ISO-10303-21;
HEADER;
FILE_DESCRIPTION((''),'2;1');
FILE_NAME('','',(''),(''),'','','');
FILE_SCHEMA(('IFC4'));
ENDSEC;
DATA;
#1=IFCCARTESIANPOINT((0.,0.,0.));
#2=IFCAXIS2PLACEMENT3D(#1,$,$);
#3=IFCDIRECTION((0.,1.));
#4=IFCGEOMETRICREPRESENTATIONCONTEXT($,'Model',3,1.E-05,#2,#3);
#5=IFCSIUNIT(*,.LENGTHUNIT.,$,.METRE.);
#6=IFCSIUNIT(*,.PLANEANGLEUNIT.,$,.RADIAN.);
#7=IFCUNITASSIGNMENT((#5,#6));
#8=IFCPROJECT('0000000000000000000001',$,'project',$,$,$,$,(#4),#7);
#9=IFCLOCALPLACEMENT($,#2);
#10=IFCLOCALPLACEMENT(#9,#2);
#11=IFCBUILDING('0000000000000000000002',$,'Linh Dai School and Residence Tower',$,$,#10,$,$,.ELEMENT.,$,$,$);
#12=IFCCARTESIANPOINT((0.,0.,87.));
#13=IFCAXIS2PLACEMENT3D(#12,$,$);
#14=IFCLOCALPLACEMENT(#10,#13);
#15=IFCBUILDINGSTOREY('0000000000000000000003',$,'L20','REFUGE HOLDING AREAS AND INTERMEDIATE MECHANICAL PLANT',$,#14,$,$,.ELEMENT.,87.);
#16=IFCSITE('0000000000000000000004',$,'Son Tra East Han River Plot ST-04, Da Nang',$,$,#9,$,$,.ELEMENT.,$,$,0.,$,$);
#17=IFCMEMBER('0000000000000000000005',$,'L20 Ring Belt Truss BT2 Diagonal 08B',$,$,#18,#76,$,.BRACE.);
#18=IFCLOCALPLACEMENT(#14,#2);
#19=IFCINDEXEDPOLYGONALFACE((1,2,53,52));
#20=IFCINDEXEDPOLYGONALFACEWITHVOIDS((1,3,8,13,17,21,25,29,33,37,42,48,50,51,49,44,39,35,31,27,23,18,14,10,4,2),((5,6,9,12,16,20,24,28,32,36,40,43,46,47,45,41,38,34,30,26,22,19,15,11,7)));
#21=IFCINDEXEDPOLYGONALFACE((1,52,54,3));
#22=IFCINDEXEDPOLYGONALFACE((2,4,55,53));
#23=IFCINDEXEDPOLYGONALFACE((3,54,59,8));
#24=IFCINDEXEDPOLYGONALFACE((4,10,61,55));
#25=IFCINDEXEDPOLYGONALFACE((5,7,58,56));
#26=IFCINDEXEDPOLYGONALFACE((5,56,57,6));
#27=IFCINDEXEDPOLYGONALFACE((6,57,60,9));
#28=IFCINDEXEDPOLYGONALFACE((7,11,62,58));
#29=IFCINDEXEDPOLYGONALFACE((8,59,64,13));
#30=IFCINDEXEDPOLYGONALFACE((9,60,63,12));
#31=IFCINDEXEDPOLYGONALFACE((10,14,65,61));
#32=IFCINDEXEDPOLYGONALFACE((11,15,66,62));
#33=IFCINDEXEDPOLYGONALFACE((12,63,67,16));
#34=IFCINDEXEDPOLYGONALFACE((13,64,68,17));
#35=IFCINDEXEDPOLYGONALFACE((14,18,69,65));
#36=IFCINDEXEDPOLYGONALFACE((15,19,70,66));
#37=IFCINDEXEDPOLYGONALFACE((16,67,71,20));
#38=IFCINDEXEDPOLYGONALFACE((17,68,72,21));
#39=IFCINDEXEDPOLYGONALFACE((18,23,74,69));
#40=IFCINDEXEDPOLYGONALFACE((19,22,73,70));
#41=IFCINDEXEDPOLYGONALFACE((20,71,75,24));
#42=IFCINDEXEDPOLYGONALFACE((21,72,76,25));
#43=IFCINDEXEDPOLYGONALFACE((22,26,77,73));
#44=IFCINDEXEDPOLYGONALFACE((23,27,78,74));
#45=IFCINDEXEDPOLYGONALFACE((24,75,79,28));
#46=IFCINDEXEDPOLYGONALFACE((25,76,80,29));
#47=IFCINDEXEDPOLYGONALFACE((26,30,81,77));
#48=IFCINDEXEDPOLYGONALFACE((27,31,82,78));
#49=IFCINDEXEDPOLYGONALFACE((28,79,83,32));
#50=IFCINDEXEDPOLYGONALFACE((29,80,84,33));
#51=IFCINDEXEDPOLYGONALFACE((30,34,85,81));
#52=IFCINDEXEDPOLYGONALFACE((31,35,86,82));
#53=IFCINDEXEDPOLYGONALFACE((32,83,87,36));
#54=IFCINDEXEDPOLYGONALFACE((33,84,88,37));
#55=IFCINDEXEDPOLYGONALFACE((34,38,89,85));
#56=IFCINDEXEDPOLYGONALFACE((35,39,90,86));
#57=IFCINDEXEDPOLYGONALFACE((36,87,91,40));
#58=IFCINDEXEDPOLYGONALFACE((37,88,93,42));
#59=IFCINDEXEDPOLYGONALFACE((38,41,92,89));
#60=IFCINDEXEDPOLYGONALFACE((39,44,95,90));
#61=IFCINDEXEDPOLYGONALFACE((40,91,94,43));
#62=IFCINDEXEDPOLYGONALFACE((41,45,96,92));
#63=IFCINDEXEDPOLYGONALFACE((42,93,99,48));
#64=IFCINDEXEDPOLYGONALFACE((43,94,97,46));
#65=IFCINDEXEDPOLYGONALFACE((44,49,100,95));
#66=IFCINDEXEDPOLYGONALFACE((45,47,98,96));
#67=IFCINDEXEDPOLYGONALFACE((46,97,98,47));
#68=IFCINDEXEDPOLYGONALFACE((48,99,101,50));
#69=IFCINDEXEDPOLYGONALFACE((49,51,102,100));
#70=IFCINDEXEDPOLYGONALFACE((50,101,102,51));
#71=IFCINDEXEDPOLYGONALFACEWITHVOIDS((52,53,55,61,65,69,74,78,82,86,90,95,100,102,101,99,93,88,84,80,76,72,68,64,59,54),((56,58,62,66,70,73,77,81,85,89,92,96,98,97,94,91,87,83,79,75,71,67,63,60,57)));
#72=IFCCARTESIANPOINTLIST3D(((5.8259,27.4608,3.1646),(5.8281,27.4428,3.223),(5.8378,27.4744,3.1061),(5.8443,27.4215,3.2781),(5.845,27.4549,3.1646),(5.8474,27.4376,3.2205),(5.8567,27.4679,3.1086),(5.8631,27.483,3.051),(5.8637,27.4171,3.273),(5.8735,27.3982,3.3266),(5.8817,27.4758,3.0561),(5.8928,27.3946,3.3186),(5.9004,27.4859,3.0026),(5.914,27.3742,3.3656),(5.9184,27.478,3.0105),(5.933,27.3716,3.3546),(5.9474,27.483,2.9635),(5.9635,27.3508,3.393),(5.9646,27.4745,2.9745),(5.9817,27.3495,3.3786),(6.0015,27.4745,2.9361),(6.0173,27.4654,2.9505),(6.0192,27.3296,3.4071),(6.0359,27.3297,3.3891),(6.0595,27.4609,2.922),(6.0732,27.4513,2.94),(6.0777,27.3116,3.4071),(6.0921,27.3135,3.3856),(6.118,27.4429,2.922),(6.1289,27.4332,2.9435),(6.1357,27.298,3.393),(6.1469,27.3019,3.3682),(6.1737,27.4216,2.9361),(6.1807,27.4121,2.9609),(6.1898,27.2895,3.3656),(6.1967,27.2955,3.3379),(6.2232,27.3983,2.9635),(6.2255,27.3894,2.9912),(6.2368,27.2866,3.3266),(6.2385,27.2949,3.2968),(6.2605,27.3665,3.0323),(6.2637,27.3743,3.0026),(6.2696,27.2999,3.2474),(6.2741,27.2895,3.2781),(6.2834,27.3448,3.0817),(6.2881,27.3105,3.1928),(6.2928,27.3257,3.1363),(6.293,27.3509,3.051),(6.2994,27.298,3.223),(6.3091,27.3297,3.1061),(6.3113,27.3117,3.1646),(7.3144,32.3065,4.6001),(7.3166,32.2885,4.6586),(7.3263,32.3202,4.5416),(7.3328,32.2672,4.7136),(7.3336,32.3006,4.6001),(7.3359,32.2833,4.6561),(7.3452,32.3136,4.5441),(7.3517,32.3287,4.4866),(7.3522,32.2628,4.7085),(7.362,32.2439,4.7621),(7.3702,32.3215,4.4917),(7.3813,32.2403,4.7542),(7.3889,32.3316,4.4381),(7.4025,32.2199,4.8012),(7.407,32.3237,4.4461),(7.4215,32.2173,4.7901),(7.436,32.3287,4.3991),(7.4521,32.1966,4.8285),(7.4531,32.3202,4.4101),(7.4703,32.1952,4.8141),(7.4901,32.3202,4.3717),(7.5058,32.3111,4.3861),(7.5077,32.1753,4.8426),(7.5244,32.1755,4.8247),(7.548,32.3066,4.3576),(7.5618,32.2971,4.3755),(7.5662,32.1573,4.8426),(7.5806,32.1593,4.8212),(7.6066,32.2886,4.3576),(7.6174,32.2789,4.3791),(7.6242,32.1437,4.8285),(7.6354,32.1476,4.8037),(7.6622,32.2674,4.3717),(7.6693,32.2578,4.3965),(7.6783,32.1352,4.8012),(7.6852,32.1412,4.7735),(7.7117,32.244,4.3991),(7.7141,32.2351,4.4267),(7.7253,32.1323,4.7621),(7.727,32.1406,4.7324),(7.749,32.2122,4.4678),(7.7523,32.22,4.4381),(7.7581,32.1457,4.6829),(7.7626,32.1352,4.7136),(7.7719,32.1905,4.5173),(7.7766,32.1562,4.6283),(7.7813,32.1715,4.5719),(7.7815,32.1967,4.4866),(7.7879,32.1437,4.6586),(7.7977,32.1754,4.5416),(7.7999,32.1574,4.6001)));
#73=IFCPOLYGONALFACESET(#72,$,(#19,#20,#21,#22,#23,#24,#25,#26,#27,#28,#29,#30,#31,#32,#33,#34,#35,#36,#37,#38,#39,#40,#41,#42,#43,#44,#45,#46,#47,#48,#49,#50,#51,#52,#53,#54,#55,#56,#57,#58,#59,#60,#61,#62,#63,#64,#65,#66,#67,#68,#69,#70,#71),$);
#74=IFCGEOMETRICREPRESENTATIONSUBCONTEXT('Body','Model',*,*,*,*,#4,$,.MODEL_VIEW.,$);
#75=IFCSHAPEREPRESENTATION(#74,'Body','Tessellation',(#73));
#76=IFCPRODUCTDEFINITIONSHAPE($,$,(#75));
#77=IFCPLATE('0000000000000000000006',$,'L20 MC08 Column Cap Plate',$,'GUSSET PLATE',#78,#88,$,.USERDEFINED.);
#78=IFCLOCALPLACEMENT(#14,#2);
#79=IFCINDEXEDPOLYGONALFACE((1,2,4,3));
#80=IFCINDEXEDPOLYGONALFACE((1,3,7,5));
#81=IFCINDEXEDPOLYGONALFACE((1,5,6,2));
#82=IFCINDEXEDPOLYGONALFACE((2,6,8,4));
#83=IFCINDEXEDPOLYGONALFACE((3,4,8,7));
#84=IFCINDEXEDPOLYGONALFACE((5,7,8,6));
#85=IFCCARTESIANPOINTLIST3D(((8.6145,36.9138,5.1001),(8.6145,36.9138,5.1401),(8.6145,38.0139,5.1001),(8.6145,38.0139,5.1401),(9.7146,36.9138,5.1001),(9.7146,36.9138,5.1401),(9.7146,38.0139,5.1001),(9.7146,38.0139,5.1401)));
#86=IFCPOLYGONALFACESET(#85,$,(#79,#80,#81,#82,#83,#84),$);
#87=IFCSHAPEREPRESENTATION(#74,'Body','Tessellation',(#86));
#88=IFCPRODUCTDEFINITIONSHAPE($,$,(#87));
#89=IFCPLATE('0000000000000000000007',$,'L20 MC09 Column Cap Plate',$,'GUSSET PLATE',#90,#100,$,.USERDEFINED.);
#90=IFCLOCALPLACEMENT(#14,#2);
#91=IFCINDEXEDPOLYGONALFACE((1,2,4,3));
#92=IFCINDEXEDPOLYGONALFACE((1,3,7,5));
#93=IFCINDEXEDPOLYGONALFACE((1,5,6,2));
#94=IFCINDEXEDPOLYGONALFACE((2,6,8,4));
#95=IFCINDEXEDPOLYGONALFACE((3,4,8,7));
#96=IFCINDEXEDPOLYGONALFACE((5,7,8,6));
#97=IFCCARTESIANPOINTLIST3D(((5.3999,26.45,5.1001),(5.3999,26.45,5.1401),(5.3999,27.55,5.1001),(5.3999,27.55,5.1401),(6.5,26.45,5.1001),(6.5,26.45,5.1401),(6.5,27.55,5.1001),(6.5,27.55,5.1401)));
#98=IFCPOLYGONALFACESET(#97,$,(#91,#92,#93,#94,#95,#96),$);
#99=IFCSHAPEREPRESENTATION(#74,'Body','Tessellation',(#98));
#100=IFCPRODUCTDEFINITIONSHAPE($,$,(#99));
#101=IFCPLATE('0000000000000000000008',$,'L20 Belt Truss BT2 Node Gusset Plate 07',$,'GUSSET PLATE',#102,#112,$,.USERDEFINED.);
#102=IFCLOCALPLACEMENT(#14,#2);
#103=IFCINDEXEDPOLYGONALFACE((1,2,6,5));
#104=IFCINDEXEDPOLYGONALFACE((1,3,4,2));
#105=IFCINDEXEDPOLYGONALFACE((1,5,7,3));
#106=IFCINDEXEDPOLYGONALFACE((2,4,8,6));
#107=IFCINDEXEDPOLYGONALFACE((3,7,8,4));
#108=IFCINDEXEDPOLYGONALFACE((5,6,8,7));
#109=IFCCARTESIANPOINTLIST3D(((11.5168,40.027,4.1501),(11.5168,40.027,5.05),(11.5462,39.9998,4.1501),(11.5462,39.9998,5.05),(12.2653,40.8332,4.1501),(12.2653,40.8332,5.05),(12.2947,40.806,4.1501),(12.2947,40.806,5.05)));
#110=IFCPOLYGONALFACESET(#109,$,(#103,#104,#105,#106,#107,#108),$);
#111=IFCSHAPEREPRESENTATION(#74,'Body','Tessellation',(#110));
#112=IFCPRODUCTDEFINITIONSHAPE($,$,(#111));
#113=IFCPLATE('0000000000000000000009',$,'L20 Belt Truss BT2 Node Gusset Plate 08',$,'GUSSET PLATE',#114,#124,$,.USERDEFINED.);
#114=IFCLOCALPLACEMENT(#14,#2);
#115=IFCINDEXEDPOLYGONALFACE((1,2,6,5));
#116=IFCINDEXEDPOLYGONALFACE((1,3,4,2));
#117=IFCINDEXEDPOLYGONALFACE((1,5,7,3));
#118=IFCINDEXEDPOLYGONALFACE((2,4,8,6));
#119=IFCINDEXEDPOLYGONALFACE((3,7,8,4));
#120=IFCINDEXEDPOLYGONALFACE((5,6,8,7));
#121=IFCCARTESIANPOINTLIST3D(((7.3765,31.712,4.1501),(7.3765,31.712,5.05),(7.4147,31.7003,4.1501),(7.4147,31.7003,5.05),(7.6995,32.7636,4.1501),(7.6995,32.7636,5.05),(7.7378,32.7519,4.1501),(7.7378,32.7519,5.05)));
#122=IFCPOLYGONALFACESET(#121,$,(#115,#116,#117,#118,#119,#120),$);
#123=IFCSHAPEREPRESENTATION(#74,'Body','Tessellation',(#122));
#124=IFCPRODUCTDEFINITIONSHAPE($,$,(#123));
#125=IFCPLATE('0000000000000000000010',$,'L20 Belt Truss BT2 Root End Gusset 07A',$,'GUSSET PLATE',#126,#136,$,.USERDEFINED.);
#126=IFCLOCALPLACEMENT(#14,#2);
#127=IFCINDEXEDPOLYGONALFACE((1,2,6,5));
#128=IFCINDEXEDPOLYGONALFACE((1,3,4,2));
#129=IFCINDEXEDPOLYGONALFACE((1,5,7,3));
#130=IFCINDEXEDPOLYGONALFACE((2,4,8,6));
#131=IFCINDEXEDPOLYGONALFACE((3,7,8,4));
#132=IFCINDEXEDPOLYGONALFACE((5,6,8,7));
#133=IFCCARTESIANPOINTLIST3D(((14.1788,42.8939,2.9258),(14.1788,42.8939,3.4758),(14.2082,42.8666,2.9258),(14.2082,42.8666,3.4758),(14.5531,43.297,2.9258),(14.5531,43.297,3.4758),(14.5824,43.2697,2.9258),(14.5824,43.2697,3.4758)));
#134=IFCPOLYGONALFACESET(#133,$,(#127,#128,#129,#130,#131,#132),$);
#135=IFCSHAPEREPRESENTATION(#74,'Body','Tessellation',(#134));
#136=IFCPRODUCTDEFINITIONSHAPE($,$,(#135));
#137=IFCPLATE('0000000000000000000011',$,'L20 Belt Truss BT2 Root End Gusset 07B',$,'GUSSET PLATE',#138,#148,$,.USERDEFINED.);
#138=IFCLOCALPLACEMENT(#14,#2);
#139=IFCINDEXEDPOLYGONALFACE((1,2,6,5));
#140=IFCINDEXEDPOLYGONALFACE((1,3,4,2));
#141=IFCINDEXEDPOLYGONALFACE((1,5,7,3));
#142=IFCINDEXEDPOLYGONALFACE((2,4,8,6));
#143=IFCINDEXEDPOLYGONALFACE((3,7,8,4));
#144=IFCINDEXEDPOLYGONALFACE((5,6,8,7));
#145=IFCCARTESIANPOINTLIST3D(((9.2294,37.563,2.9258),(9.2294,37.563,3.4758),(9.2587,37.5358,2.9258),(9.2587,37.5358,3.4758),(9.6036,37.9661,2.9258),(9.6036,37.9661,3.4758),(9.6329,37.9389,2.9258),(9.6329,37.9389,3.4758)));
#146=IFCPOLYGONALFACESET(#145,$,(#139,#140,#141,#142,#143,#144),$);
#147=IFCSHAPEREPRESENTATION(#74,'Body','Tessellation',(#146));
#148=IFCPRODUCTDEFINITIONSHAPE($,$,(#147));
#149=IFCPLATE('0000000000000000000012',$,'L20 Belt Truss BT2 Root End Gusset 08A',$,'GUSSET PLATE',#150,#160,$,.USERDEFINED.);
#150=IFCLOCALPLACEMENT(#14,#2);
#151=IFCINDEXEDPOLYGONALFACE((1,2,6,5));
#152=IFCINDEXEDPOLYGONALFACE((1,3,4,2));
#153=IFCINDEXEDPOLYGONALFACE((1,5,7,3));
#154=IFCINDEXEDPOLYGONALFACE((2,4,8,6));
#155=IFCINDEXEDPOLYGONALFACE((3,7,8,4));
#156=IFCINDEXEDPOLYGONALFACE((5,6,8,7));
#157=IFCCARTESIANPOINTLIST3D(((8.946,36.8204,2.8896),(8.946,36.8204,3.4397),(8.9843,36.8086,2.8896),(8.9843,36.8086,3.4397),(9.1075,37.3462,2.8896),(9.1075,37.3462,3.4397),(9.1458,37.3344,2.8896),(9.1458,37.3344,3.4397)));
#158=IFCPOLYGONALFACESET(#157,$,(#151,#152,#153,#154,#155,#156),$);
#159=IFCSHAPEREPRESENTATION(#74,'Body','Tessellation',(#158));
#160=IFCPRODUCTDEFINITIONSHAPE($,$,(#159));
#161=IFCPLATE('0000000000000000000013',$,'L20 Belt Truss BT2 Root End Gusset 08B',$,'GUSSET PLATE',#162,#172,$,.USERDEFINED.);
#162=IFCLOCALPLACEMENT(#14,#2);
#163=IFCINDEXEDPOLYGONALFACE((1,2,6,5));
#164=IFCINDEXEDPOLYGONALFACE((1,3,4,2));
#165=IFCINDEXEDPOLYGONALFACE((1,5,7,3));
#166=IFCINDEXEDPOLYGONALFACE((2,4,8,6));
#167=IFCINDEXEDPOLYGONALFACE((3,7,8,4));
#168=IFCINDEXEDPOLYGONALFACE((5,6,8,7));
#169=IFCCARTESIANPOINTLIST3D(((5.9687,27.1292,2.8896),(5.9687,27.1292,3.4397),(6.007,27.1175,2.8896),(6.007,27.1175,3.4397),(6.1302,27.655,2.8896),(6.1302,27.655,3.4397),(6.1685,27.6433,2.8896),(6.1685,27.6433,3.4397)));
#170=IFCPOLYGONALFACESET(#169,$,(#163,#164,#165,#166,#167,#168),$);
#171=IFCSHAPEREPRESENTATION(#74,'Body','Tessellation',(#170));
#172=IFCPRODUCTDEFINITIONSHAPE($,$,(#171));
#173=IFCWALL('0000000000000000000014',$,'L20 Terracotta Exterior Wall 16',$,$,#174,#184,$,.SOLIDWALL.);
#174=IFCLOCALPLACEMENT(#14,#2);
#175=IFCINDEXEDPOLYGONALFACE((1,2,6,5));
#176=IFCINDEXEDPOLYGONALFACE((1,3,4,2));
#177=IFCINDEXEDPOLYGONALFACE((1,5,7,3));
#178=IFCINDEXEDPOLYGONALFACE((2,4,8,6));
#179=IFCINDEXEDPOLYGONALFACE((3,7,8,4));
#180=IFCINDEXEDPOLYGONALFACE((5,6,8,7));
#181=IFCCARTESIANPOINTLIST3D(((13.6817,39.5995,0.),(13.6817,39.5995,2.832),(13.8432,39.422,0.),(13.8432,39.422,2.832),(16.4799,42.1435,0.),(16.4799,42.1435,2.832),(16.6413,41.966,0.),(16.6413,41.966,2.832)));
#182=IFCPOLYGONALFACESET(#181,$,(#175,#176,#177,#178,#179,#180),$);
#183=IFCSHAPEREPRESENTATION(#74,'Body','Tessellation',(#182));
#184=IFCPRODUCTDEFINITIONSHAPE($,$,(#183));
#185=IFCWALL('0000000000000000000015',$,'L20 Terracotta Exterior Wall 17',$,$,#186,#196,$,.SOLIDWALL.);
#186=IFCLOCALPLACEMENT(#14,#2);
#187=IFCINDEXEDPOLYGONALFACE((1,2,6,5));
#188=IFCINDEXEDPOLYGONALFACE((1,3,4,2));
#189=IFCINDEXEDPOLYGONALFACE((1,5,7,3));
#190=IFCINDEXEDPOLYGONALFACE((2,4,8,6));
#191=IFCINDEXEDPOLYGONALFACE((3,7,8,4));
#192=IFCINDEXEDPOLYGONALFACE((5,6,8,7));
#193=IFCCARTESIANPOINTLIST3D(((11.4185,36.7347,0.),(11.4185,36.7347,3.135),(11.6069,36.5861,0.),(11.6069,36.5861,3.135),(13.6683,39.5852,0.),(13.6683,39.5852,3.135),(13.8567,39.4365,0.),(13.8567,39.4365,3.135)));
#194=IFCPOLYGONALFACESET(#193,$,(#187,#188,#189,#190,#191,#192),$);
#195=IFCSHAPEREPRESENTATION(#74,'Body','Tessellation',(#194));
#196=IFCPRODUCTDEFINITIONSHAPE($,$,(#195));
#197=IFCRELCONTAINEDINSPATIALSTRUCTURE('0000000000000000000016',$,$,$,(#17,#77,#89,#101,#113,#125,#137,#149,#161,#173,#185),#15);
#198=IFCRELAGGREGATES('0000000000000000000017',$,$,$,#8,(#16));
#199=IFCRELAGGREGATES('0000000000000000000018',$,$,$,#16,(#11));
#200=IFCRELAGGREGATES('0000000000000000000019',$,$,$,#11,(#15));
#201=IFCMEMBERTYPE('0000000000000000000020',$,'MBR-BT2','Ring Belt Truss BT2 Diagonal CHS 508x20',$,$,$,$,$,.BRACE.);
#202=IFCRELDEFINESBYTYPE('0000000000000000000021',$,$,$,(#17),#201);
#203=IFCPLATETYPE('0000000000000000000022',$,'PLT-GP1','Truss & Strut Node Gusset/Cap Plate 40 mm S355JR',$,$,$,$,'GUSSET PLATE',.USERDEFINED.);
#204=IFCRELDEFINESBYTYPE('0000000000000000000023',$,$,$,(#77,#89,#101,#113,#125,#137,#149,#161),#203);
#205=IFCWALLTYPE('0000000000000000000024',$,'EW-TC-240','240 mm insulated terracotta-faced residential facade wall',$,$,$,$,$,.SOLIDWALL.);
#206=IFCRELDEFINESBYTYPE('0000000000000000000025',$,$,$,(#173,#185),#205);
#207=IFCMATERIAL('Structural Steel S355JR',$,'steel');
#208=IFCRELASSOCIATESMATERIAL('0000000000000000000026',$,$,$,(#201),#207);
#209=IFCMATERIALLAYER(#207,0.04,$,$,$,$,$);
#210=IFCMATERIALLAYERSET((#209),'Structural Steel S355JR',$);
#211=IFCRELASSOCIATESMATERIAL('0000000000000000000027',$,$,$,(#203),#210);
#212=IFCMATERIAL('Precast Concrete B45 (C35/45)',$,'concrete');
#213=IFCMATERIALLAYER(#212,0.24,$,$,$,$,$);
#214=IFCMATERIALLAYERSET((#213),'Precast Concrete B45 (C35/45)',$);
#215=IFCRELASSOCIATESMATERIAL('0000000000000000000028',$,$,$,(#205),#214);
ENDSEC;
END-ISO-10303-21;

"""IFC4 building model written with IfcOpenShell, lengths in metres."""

from ifc_helpers import new_model, si_unit, direction, frame, frame_2d, origin, origin_2d, place, context, subcontext, project, spatial, rectangle, hollow_circle, extrude, source, transform, mapped, material, layer, layer_set, material_profile, profile_set, type_object, element, save


model = new_model("IFC4")

# Units and contexts
model_context = context("Model", 3, precision=1e-05, world=origin(), true_north=direction((0.0, 1.0)))
body_context = subcontext(model_context, "Body", "Model", "MODEL_VIEW")
ifc_project = project(units=[si_unit("LENGTHUNIT", "METRE"), si_unit("PLANEANGLEUNIT", "RADIAN")], contexts=[model_context])

# Site, building, storey
site_placement = place(None, origin())
site = spatial("IfcSite", under=ifc_project, at=site_placement, Name="Son Tra East Han River Plot ST-04, Da Nang", CompositionType="ELEMENT", RefElevation=0.0)
building_placement = place(site_placement, origin())
building = spatial("IfcBuilding", under=site, at=building_placement, Name="Linh Dai School and Residence Tower", CompositionType="ELEMENT")
storey_placement = place(building_placement, frame((0.0, 0.0, 87.0)))
storey = spatial("IfcBuildingStorey", under=building, at=storey_placement, Name="L20", Description="REFUGE HOLDING AREAS AND INTERMEDIATE MECHANICAL PLANT", CompositionType="ELEMENT", Elevation=87.0)

# Shared definitions
ifc_material_1 = material(Name="Structural Steel S355JR", Category="steel")

# Member
ifc_material_profile_1 = material_profile(ifc_material_1, hollow_circle(Radius=0.2539, WallThickness=0.02, at=origin_2d()), Name="CHS 508x20")
ifc_profile_set_1 = profile_set([ifc_material_profile_1], Name="Structural Steel S355JR")
member_type = type_object("IfcMemberType", Name="MBR-BT2", Description="Ring Belt Truss BT2 Diagonal CHS 508x20", PredefinedType="BRACE", material=ifc_profile_set_1)
member_1_placement = place(storey_placement, frame((6.0686, 27.3862, 3.1646), z_axis=(0.282532, 0.919746, 0.272476), x_axis=(-0.955915, 0.293642, 0.0)))
element("IfcMember", 1, at=member_1_placement, inside=storey, type_object=member_type, Name="L20 Ring Belt Truss BT2 Diagonal 08B", PredefinedType="BRACE", context=body_context, shape_type="SweptSolid", body=[
    extrude(hollow_circle(Radius=0.2539, WallThickness=0.02, at=origin_2d()), origin(), (0.0, 0.0, 1.0), 5.2686),
])

# Plates
ifc_layer_1 = layer(ifc_material_1, 0.04)
ifc_layer_set_1 = layer_set([ifc_layer_1], Name="Structural Steel S355JR")
plate_type = type_object("IfcPlateType", Name="PLT-GP1", Description="Truss & Strut Node Gusset/Cap Plate 40 mm S355JR", ElementType="GUSSET PLATE", PredefinedType="USERDEFINED", material=ifc_layer_set_1)
shared_shape_1 = source(origin(), body_context, "Body", "SweptSolid", [
    extrude(rectangle(XDim=1.1001, YDim=1.1001, at=origin_2d()), origin(), (0.0, 0.0, 1.0), 0.04),
])
for number, where, z_axis, x_axis, name in (
    (2, (9.1646, 37.4639, 5.1001), (0.0, 0.0, 1.0), (1.0, 0.0, 0.0), "L20 MC08 Column Cap Plate"),
    (3, (5.95, 27.0, 5.1001), (0.0, 0.0, 1.0), (1.0, 0.0, 0.0), "L20 MC09 Column Cap Plate"),
):
    element("IfcPlate", number, at=place(storey_placement, frame(where, z_axis=z_axis, x_axis=x_axis)), inside=storey, type_object=plate_type, Name=name, ObjectType="GUSSET PLATE", PredefinedType="USERDEFINED", context=body_context, shape_type="MappedRepresentation", body=[
        mapped(shared_shape_1, transform((0.0, 0.0, 0.0), x_axis=(1.0, 0.0, 0.0), y_axis=(0.0, 1.0, 0.0), z_axis=(0.0, 0.0, 1.0), scale=1.0)),
    ])
shared_shape_2 = source(origin(), body_context, "Body", "SweptSolid", [
    extrude(rectangle(XDim=1.1001, YDim=0.04, at=origin_2d()), origin(), (0.0, 0.0, 1.0), 0.8999),
])
for number, where, z_axis, x_axis, name in (
    (4, (11.9058, 40.4165, 4.1501), (0.0, 0.0, 1.0), (-0.680396, -0.732845, 0.0), "L20 Belt Truss BT2 Node Gusset Plate 07"),
    (5, (7.5571, 32.2319, 4.1501), (0.0, 0.0, 1.0), (-0.293658, -0.955911, 0.0), "L20 Belt Truss BT2 Node Gusset Plate 08"),
):
    element("IfcPlate", number, at=place(storey_placement, frame(where, z_axis=z_axis, x_axis=x_axis)), inside=storey, type_object=plate_type, Name=name, ObjectType="GUSSET PLATE", PredefinedType="USERDEFINED", context=body_context, shape_type="MappedRepresentation", body=[
        mapped(shared_shape_2, transform((0.0, 0.0, 0.0), x_axis=(1.0, 0.0, 0.0), y_axis=(0.0, 1.0, 0.0), z_axis=(0.0, 0.0, 1.0), scale=1.0)),
    ])
shared_shape_3 = source(origin(), body_context, "Body", "SweptSolid", [
    extrude(rectangle(XDim=0.55, YDim=0.04, at=origin_2d()), origin(), (0.0, 0.0, 1.0), 0.55),
])
for number, where, z_axis, x_axis, name in (
    (6, (14.3806, 43.0818, 2.9258), (0.0, 0.0, 1.0), (-0.680396, -0.732845, 0.0), "L20 Belt Truss BT2 Root End Gusset 07A"),
    (7, (9.4312, 37.751, 2.9258), (0.0, 0.0, 1.0), (-0.680396, -0.732845, 0.0), "L20 Belt Truss BT2 Root End Gusset 07B"),
    (8, (9.0459, 37.0774, 2.8896), (0.0, 0.0, 1.0), (-0.293658, -0.955911, 0.0), "L20 Belt Truss BT2 Root End Gusset 08A"),
    (9, (6.0686, 27.3862, 2.8896), (0.0, 0.0, 1.0), (-0.293658, -0.955911, 0.0), "L20 Belt Truss BT2 Root End Gusset 08B"),
):
    element("IfcPlate", number, at=place(storey_placement, frame(where, z_axis=z_axis, x_axis=x_axis)), inside=storey, type_object=plate_type, Name=name, ObjectType="GUSSET PLATE", PredefinedType="USERDEFINED", context=body_context, shape_type="MappedRepresentation", body=[
        mapped(shared_shape_3, transform((0.0, 0.0, 0.0), x_axis=(1.0, 0.0, 0.0), y_axis=(0.0, 1.0, 0.0), z_axis=(0.0, 0.0, 1.0), scale=1.0)),
    ])

# Walls
ifc_material_2 = material(Name="Precast Concrete B45 (C35/45)", Category="concrete")
ifc_layer_2 = layer(ifc_material_2, 0.24)
ifc_layer_set_2 = layer_set([ifc_layer_2], Name="Precast Concrete B45 (C35/45)")
wall_type_1 = type_object("IfcWallType", Name="EW-TC-240", Description="240 mm insulated terracotta-faced residential facade wall", PredefinedType="SOLIDWALL", material=ifc_layer_set_2)
wall_1_placement = place(storey_placement, frame((13.7625, 39.5107, 0.0), z_axis=(0.0, 0.0, 1.0), x_axis=(0.739911, 0.672705, 0.0)))
element("IfcWall", 10, at=wall_1_placement, inside=storey, type_object=wall_type_1, Name="L20 Terracotta Exterior Wall 16", PredefinedType="SOLIDWALL", context=body_context, shape_type="SweptSolid", body=[
    extrude(rectangle(XDim=3.7817, YDim=0.24, at=frame_2d((1.8909, 0.0))), origin(), (0.0, 0.0, 1.0), 2.832),
])
wall_2_placement = place(storey_placement, frame((11.5127, 36.6604, 0.0), z_axis=(0.0, 0.0, 1.0), x_axis=(0.619557, 0.784952, 0.0)))
element("IfcWall", 11, at=wall_2_placement, inside=storey, type_object=wall_type_1, Name="L20 Terracotta Exterior Wall 17", PredefinedType="SOLIDWALL", context=body_context, shape_type="SweptSolid", body=[
    extrude(rectangle(XDim=3.6313, YDim=0.24, at=frame_2d((1.8157, 0.0))), origin(), (0.0, 0.0, 1.0), 3.135),
])

save(model, "model.ifc")
